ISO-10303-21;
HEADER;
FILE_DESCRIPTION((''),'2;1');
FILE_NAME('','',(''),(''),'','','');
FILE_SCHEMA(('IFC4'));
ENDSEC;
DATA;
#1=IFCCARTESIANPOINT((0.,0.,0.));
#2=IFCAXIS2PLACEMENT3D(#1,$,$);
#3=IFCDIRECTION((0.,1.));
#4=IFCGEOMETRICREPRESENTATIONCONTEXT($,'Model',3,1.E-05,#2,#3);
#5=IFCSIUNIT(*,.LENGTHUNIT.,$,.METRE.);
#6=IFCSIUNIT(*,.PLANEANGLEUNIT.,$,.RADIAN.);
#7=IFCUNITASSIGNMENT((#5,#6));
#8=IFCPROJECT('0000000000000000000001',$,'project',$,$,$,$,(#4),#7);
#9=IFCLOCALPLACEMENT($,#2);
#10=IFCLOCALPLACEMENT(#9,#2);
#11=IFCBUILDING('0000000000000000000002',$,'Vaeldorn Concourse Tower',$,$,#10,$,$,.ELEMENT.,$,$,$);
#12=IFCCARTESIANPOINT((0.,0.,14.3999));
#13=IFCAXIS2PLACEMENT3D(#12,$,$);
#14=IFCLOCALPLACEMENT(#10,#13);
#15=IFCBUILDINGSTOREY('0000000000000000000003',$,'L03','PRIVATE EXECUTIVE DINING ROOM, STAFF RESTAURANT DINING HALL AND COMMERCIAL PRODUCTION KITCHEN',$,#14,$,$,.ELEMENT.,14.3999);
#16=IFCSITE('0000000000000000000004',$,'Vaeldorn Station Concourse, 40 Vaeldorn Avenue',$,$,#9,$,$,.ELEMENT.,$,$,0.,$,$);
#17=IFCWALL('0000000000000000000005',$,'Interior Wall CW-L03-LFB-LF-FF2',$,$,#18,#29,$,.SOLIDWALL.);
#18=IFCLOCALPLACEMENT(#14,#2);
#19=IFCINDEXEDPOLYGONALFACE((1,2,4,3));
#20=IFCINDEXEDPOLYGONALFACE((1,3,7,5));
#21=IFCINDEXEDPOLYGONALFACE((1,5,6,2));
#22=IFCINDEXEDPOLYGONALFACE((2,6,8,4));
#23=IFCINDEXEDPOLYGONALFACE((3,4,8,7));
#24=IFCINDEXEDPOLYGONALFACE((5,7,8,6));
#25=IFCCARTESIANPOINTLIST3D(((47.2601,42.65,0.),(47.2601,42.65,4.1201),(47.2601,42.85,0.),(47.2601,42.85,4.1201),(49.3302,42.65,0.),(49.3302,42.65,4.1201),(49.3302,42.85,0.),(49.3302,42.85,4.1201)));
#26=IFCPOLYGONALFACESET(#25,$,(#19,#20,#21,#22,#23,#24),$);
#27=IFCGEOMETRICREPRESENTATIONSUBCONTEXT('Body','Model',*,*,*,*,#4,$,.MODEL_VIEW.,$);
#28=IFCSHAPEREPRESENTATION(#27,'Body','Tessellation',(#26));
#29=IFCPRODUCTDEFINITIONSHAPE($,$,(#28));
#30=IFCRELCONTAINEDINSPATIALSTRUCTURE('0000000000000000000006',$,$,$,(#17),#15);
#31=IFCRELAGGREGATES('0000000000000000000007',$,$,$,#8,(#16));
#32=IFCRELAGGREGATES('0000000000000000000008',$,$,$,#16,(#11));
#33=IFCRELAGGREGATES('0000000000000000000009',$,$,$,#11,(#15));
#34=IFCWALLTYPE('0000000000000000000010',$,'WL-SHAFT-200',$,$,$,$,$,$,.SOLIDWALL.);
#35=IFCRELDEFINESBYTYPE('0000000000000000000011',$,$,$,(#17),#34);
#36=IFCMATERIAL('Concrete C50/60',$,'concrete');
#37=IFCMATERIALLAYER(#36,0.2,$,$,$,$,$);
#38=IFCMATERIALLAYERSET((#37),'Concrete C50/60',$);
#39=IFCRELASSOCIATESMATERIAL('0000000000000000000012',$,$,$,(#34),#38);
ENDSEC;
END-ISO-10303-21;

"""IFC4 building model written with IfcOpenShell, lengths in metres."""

from ifc_helpers import new_model, si_unit, direction, frame, frame_2d, origin, place, context, subcontext, project, spatial, rectangle, extrude, material, layer, layer_set, type_object, element, save


model = new_model("IFC4")

# Units and contexts
model_context = context("Model", 3, precision=1e-05, world=origin(), true_north=direction((0.0, 1.0)))
body_context = subcontext(model_context, "Body", "Model", "MODEL_VIEW")
ifc_project = project(units=[si_unit("LENGTHUNIT", "METRE"), si_unit("PLANEANGLEUNIT", "RADIAN")], contexts=[model_context])

# Site, building, storey
site_placement = place(None, origin())
site = spatial("IfcSite", under=ifc_project, at=site_placement, Name="Vaeldorn Station Concourse, 40 Vaeldorn Avenue", CompositionType="ELEMENT", RefElevation=0.0)
building_placement = place(site_placement, origin())
building = spatial("IfcBuilding", under=site, at=building_placement, Name="Vaeldorn Concourse Tower", CompositionType="ELEMENT")
storey_placement = place(building_placement, frame((0.0, 0.0, 14.3999)))
storey = spatial("IfcBuildingStorey", under=building, at=storey_placement, Name="L03", Description="PRIVATE EXECUTIVE DINING ROOM, STAFF RESTAURANT DINING HALL AND COMMERCIAL PRODUCTION KITCHEN", CompositionType="ELEMENT", Elevation=14.3999)

# Shared definitions
ifc_material_1 = material(Name="Concrete C50/60", Category="concrete")
ifc_layer_1 = layer(ifc_material_1, 0.2)
ifc_layer_set_1 = layer_set([ifc_layer_1], Name="Concrete C50/60")
wall_type_1 = type_object("IfcWallType", Name="WL-SHAFT-200", PredefinedType="SOLIDWALL", material=ifc_layer_set_1)

# Wall
wall_1_placement = place(storey_placement, frame((47.26, 42.75, 0.0), z_axis=(0.0, 0.0, 1.0), x_axis=(1.0, 0.0, 0.0)))
element("IfcWall", 1, at=wall_1_placement, inside=storey, type_object=wall_type_1, Name="Interior Wall CW-L03-LFB-LF-FF2", PredefinedType="SOLIDWALL", context=body_context, shape_type="SweptSolid", body=[
    extrude(rectangle(XDim=2.0701, YDim=0.2, at=frame_2d((1.0352, 0.0))), origin(), (0.0, 0.0, 1.0), 4.1201),
])

save(model, "model.ifc")
